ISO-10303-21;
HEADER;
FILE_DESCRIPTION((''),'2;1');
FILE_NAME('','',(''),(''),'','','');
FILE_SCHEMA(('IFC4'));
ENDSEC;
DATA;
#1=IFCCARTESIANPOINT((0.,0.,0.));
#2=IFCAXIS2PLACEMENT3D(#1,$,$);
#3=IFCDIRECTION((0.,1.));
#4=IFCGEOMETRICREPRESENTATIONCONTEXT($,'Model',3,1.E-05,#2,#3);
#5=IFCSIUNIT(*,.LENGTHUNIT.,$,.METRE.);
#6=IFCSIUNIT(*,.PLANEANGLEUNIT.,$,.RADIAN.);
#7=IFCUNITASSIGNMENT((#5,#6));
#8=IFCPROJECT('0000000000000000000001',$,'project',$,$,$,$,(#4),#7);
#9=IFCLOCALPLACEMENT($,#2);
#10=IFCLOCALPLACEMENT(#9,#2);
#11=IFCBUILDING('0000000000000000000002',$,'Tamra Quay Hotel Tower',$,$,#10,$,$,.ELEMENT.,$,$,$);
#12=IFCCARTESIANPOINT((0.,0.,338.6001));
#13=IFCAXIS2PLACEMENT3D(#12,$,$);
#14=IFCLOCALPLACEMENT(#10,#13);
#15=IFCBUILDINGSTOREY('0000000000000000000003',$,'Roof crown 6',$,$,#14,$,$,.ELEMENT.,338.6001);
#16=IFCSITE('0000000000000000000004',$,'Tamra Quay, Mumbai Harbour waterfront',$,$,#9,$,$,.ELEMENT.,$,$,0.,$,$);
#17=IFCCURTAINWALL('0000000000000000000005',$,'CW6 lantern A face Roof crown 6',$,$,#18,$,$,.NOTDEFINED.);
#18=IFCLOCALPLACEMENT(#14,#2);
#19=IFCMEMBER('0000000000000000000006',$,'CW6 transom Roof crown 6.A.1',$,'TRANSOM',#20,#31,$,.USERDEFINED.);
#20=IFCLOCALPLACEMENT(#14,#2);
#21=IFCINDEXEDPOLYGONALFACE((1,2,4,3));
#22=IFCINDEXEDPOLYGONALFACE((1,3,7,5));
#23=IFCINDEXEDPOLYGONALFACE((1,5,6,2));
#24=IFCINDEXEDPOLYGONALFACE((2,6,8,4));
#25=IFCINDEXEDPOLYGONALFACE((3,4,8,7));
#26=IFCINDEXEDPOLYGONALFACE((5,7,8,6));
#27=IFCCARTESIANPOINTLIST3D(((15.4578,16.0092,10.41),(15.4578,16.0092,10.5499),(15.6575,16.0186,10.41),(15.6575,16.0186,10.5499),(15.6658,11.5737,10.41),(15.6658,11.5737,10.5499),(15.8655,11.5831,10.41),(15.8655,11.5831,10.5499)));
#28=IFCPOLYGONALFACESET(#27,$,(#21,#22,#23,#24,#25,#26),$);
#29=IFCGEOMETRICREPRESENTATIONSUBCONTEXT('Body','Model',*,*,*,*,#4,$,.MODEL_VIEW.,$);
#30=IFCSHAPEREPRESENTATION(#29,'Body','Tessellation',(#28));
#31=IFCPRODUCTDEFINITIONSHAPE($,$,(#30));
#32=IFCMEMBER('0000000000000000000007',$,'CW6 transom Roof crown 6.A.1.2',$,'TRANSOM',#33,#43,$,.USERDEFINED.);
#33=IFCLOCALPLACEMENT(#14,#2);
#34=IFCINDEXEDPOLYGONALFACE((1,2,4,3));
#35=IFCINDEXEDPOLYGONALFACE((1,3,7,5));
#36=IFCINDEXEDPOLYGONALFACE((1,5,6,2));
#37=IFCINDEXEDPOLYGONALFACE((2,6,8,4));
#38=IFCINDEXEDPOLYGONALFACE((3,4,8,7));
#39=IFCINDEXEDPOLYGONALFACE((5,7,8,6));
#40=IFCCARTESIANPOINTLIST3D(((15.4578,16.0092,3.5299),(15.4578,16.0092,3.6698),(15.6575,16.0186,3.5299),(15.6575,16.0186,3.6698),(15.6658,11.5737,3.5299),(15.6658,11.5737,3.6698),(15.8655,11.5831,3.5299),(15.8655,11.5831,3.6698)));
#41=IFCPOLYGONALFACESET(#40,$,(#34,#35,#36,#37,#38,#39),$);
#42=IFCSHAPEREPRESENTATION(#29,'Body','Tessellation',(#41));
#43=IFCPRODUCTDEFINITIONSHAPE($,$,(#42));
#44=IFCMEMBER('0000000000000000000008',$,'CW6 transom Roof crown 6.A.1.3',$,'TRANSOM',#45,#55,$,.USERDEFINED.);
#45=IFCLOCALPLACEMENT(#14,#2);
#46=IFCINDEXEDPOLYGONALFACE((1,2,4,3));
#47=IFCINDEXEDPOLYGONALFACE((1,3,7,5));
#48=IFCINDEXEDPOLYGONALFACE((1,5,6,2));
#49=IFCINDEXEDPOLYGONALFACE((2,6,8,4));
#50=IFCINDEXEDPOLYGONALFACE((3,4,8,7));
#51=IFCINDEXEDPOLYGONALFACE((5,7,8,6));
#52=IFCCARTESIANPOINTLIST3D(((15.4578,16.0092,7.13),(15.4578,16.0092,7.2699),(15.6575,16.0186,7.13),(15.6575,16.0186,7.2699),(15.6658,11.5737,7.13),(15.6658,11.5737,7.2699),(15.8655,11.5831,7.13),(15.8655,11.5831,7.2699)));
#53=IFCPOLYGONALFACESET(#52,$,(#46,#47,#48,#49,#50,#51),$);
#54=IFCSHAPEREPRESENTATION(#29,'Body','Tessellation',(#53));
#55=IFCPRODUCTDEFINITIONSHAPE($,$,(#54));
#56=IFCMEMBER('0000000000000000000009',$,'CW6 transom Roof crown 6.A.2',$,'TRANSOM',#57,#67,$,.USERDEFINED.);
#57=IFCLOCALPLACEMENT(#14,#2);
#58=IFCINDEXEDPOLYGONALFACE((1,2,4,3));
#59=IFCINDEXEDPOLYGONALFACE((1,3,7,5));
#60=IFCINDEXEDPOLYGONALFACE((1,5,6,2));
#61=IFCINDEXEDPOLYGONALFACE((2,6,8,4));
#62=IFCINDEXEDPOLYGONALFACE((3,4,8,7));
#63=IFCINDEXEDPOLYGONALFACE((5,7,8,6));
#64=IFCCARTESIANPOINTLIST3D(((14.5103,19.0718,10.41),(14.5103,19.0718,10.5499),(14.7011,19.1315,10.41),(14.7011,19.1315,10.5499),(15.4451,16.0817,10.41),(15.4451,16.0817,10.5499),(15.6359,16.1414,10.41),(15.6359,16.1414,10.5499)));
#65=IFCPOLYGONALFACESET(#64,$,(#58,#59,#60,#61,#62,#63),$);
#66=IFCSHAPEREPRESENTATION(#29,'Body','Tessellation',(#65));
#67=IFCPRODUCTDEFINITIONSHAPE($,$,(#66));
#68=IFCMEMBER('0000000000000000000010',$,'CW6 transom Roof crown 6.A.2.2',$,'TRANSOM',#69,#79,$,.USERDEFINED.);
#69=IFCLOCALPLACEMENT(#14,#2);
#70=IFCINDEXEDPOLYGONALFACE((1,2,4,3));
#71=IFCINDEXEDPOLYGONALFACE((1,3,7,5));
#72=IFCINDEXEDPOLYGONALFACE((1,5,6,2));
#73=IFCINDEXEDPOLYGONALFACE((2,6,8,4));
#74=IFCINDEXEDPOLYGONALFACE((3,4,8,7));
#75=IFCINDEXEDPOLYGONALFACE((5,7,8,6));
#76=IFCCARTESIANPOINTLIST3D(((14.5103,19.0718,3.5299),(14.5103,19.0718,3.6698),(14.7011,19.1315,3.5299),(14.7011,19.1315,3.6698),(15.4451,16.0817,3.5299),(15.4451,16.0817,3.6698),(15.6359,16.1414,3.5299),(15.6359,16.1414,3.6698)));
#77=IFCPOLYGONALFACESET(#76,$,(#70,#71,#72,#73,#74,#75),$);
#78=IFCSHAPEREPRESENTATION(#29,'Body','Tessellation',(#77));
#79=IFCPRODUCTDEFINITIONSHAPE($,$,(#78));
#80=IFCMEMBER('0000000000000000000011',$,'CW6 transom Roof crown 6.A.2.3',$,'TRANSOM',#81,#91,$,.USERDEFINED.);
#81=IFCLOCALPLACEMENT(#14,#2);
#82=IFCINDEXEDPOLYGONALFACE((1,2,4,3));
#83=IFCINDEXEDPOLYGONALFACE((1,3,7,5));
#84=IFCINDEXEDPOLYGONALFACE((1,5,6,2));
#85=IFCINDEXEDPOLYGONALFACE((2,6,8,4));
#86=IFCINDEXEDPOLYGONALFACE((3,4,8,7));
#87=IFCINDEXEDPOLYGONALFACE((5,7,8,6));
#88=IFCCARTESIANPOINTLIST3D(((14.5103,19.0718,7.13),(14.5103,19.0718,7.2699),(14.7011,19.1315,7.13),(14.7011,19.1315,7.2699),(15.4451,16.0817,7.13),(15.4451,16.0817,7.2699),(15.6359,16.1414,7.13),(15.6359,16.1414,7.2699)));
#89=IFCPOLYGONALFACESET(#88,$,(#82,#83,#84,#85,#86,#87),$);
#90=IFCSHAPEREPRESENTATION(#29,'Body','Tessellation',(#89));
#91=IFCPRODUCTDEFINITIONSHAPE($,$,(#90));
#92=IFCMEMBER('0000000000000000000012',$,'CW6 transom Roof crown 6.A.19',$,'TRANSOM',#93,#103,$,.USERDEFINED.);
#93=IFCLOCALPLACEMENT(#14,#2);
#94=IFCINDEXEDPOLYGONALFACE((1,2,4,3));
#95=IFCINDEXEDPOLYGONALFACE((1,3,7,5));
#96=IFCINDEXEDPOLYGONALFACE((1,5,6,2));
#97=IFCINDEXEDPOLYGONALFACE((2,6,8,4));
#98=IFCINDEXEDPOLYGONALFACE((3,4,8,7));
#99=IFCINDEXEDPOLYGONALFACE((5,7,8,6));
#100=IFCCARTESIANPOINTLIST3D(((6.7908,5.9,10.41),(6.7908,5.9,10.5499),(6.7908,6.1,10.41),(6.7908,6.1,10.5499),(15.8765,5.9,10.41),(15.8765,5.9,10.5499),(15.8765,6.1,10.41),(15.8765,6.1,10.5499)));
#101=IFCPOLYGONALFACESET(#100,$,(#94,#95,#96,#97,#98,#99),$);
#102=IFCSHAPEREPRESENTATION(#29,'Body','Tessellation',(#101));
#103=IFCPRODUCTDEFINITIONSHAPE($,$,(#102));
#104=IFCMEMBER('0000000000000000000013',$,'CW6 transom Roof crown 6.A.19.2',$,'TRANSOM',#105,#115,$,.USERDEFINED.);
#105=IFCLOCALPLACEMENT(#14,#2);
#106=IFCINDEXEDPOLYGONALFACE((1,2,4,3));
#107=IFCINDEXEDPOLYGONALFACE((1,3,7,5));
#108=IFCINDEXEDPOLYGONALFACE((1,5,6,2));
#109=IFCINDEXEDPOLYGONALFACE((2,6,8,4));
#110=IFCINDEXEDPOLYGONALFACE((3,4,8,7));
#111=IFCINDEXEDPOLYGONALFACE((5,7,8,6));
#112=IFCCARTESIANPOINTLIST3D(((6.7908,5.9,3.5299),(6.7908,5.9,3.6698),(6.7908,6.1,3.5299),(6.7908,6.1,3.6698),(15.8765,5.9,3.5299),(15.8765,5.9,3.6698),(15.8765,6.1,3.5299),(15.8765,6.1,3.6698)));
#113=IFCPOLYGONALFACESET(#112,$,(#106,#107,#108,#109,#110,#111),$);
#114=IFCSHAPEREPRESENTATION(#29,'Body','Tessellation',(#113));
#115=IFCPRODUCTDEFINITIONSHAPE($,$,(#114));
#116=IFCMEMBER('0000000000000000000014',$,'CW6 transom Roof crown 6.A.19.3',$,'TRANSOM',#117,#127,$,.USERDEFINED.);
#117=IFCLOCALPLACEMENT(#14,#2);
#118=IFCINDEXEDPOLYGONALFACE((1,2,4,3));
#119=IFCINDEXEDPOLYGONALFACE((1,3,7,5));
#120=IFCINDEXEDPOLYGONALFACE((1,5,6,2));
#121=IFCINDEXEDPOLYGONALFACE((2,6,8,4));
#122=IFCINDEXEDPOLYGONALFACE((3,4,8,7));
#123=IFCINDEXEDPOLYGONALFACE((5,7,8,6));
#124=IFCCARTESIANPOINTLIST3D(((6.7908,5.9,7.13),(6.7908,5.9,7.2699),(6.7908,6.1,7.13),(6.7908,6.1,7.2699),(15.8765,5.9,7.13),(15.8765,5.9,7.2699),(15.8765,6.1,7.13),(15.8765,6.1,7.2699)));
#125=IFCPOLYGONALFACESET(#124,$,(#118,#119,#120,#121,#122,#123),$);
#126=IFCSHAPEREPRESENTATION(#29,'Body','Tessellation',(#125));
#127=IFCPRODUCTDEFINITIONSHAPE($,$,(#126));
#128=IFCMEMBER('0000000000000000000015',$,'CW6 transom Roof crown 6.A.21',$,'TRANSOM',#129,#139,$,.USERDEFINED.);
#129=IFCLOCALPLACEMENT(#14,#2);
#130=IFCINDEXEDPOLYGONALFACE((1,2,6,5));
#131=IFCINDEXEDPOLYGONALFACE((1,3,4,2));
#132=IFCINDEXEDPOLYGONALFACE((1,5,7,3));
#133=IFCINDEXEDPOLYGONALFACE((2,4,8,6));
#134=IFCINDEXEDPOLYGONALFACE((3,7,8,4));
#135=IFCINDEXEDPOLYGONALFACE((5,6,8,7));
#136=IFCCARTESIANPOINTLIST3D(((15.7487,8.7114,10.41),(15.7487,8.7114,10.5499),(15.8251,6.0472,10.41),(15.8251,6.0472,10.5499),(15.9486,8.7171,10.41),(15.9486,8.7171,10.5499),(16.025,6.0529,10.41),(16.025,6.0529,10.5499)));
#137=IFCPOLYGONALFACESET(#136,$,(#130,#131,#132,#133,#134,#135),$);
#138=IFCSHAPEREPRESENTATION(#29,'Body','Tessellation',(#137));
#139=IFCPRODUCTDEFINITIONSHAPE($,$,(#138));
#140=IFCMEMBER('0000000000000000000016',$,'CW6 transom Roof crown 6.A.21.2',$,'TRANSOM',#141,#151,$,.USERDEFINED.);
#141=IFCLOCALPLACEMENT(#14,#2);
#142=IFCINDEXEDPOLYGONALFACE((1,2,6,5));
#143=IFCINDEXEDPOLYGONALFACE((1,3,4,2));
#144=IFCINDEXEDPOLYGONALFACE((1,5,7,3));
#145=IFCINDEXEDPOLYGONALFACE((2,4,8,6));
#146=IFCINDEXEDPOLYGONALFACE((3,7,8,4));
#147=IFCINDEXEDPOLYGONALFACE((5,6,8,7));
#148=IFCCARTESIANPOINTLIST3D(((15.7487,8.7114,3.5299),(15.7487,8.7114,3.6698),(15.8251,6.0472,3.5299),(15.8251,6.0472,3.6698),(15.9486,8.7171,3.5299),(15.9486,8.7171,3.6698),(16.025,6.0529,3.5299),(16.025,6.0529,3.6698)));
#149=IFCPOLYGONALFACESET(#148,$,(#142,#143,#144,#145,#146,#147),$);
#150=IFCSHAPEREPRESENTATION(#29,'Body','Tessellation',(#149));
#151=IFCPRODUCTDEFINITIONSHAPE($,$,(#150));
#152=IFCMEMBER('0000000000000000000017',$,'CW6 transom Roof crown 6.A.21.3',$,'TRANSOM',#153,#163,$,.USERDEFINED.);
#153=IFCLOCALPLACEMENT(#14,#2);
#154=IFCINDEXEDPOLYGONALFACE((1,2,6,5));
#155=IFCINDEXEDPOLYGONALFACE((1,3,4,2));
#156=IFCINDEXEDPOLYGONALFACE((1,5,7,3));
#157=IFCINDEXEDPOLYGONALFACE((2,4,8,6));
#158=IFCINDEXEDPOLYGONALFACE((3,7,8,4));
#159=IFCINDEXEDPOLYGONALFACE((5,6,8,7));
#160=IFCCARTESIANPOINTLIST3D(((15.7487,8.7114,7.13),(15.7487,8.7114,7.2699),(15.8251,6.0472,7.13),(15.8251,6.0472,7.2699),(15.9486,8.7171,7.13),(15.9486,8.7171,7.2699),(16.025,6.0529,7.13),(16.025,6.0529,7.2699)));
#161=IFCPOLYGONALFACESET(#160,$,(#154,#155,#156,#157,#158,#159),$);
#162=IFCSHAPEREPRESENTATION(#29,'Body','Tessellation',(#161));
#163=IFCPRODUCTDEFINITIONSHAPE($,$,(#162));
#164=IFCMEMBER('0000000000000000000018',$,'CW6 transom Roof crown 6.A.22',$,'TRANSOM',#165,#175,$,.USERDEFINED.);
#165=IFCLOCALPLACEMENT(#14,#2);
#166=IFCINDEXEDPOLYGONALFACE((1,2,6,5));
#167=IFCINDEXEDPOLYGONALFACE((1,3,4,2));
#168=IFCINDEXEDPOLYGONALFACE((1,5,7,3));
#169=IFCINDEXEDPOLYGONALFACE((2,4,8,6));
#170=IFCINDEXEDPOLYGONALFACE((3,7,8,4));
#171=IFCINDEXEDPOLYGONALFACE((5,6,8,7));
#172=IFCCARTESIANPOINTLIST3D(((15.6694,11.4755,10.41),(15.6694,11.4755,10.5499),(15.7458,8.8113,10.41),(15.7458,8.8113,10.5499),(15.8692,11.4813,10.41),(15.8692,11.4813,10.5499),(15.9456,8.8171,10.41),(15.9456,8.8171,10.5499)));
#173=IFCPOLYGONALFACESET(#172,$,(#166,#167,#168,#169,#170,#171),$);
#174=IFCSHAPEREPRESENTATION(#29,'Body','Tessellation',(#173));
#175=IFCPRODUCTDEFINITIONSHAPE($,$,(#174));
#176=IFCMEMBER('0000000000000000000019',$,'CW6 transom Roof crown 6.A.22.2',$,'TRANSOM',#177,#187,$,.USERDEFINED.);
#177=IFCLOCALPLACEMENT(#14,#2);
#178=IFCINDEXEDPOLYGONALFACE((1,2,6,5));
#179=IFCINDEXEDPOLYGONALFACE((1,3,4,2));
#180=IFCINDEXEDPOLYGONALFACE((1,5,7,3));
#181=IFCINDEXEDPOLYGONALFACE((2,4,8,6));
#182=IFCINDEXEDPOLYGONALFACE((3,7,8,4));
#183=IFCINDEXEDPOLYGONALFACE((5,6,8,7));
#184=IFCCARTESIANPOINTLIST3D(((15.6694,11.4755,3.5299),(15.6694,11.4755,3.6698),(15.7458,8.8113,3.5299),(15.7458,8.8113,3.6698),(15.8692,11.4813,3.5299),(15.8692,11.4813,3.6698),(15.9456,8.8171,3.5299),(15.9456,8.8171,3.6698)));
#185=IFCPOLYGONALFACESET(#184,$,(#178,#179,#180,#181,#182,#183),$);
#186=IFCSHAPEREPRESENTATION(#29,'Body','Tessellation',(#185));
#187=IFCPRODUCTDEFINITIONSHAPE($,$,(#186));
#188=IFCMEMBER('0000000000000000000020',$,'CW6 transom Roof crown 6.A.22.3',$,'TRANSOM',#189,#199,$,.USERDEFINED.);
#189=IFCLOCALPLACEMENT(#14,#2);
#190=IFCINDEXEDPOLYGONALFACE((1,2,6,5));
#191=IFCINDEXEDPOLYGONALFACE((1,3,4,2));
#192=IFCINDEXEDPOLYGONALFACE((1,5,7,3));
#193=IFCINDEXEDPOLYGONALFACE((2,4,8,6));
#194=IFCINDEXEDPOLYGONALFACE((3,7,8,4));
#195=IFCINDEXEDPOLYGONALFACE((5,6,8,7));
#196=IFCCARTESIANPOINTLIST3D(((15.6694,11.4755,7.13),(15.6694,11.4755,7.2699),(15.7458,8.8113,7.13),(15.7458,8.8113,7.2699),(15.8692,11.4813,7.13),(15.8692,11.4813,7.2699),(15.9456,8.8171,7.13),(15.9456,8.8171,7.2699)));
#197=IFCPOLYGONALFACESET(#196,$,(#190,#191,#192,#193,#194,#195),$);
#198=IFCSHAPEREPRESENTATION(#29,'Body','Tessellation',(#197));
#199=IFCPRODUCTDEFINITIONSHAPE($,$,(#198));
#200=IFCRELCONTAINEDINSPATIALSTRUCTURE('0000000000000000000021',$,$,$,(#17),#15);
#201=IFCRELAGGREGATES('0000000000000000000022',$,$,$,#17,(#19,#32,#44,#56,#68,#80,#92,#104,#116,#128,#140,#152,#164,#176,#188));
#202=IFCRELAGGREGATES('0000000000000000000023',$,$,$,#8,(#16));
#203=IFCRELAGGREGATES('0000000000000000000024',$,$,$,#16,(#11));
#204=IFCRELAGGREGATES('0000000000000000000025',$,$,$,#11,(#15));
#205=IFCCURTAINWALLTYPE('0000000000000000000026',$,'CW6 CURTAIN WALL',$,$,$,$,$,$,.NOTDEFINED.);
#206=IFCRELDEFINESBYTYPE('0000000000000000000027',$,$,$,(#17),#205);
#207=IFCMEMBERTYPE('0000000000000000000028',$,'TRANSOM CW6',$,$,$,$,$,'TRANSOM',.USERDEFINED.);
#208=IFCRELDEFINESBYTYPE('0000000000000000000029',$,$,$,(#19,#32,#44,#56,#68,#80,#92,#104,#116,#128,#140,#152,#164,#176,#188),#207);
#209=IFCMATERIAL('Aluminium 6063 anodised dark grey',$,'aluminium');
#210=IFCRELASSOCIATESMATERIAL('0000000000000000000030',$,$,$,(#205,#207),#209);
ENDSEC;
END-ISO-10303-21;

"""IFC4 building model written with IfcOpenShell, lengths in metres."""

from ifc_helpers import new_model, si_unit, direction, frame, origin, origin_2d, place, context, subcontext, project, spatial, rectangle, extrude, material, material_profile, profile_set, type_object, element, aggregate, save


model = new_model("IFC4")

# Units and contexts
model_context = context("Model", 3, precision=1e-05, world=origin(), true_north=direction((0.0, 1.0)))
body_context = subcontext(model_context, "Body", "Model", "MODEL_VIEW")
ifc_project = project(units=[si_unit("LENGTHUNIT", "METRE"), si_unit("PLANEANGLEUNIT", "RADIAN")], contexts=[model_context])

# Site, building, storey
site_placement = place(None, origin())
site = spatial("IfcSite", under=ifc_project, at=site_placement, Name="Tamra Quay, Mumbai Harbour waterfront", CompositionType="ELEMENT", RefElevation=0.0)
building_placement = place(site_placement, origin())
building = spatial("IfcBuilding", under=site, at=building_placement, Name="Tamra Quay Hotel Tower", CompositionType="ELEMENT")
storey_placement = place(building_placement, frame((0.0, 0.0, 338.6001)))
storey = spatial("IfcBuildingStorey", under=building, at=storey_placement, Name="Roof crown 6", CompositionType="ELEMENT", Elevation=338.6001)

# Curtain wall, members
ifc_material_1 = material(Name="Aluminium 6063 anodised dark grey", Category="aluminium")
curtain_wall_type = type_object("IfcCurtainWallType", Name="CW6 CURTAIN WALL", PredefinedType="NOTDEFINED", material=ifc_material_1)
curtain_wall_placement = place(storey_placement, origin())
curtain_wall = element("IfcCurtainWall", 1, at=curtain_wall_placement, inside=storey, type_object=curtain_wall_type, Name="CW6 lantern A face Roof crown 6", PredefinedType="NOTDEFINED")
ifc_material_profile_1 = material_profile(ifc_material_1, rectangle(XDim=0.2, YDim=0.1399, at=origin_2d()), Name="TRANSOM 200X140")
ifc_profile_set_1 = profile_set([ifc_material_profile_1], Name="Aluminium 6063 anodised dark grey")
member_type_1 = type_object("IfcMemberType", Name="TRANSOM CW6", ElementType="TRANSOM", PredefinedType="USERDEFINED", material=ifc_profile_set_1)
member_1_placement = place(storey_placement, frame((15.7656, 11.5784, 10.48), z_axis=(-0.046844, 0.998902, 0.0), x_axis=(-0.998902, -0.046844, 0.0)))
member_1 = element("IfcMember", 2, at=member_1_placement, type_object=member_type_1, Name="CW6 transom Roof crown 6.A.1", ObjectType="TRANSOM", PredefinedType="USERDEFINED", context=body_context, shape_type="SweptSolid", body=[
    extrude(rectangle(XDim=0.2, YDim=0.1399, at=origin_2d()), origin(), (0.0, 0.0, 1.0), 4.4404),
])
member_2_placement = place(storey_placement, frame((15.7656, 11.5784, 3.5999), z_axis=(-0.046844, 0.998902, 0.0), x_axis=(-0.998902, -0.046844, 0.0)))
member_2 = element("IfcMember", 3, at=member_2_placement, type_object=member_type_1, Name="CW6 transom Roof crown 6.A.1.2", ObjectType="TRANSOM", PredefinedType="USERDEFINED", context=body_context, shape_type="SweptSolid", body=[
    extrude(rectangle(XDim=0.2, YDim=0.1399, at=origin_2d()), origin(), (0.0, 0.0, 1.0), 4.4404),
])
member_3_placement = place(storey_placement, frame((15.7656, 11.5784, 7.2), z_axis=(-0.046844, 0.998902, 0.0), x_axis=(-0.998902, -0.046844, 0.0)))
member_3 = element("IfcMember", 4, at=member_3_placement, type_object=member_type_1, Name="CW6 transom Roof crown 6.A.1.3", ObjectType="TRANSOM", PredefinedType="USERDEFINED", context=body_context, shape_type="SweptSolid", body=[
    extrude(rectangle(XDim=0.2, YDim=0.1399, at=origin_2d()), origin(), (0.0, 0.0, 1.0), 4.4404),
])
member_4_placement = place(storey_placement, frame((15.5405, 16.1116, 10.48), z_axis=(-0.298404, 0.95444, 0.0), x_axis=(-0.95444, -0.298404, 0.0)))
member_4 = element("IfcMember", 5, at=member_4_placement, type_object=member_type_1, Name="CW6 transom Roof crown 6.A.2", ObjectType="TRANSOM", PredefinedType="USERDEFINED", context=body_context, shape_type="SweptSolid", body=[
    extrude(rectangle(XDim=0.2, YDim=0.1399, at=origin_2d()), origin(), (0.0, 0.0, 1.0), 3.1328),
])
member_5_placement = place(storey_placement, frame((15.5405, 16.1116, 3.5999), z_axis=(-0.298404, 0.95444, 0.0), x_axis=(-0.95444, -0.298404, 0.0)))
member_5 = element("IfcMember", 6, at=member_5_placement, type_object=member_type_1, Name="CW6 transom Roof crown 6.A.2.2", ObjectType="TRANSOM", PredefinedType="USERDEFINED", context=body_context, shape_type="SweptSolid", body=[
    extrude(rectangle(XDim=0.2, YDim=0.1399, at=origin_2d()), origin(), (0.0, 0.0, 1.0), 3.1328),
])
member_6_placement = place(storey_placement, frame((15.5405, 16.1116, 7.2), z_axis=(-0.298404, 0.95444, 0.0), x_axis=(-0.95444, -0.298404, 0.0)))
member_6 = element("IfcMember", 7, at=member_6_placement, type_object=member_type_1, Name="CW6 transom Roof crown 6.A.2.3", ObjectType="TRANSOM", PredefinedType="USERDEFINED", context=body_context, shape_type="SweptSolid", body=[
    extrude(rectangle(XDim=0.2, YDim=0.1399, at=origin_2d()), origin(), (0.0, 0.0, 1.0), 3.1328),
])
member_7_placement = place(storey_placement, frame((6.7908, 6.0, 10.48), z_axis=(1.0, 0.0, 0.0), x_axis=(0.0, 1.0, 0.0)))
member_7 = element("IfcMember", 8, at=member_7_placement, type_object=member_type_1, Name="CW6 transom Roof crown 6.A.19", ObjectType="TRANSOM", PredefinedType="USERDEFINED", context=body_context, shape_type="SweptSolid", body=[
    extrude(rectangle(XDim=0.2, YDim=0.1399, at=origin_2d()), origin(), (0.0, 0.0, 1.0), 9.0857),
])
member_8_placement = place(storey_placement, frame((6.7908, 6.0, 3.5999), z_axis=(1.0, 0.0, 0.0), x_axis=(0.0, 1.0, 0.0)))
member_8 = element("IfcMember", 9, at=member_8_placement, type_object=member_type_1, Name="CW6 transom Roof crown 6.A.19.2", ObjectType="TRANSOM", PredefinedType="USERDEFINED", context=body_context, shape_type="SweptSolid", body=[
    extrude(rectangle(XDim=0.2, YDim=0.1399, at=origin_2d()), origin(), (0.0, 0.0, 1.0), 9.0857),
])
member_9_placement = place(storey_placement, frame((6.7908, 6.0, 7.2), z_axis=(1.0, 0.0, 0.0), x_axis=(0.0, 1.0, 0.0)))
member_9 = element("IfcMember", 10, at=member_9_placement, type_object=member_type_1, Name="CW6 transom Roof crown 6.A.19.3", ObjectType="TRANSOM", PredefinedType="USERDEFINED", context=body_context, shape_type="SweptSolid", body=[
    extrude(rectangle(XDim=0.2, YDim=0.1399, at=origin_2d()), origin(), (0.0, 0.0, 1.0), 9.0857),
])
member_10_placement = place(storey_placement, frame((15.925, 6.05, 10.48), z_axis=(-0.02867, 0.999589, 0.0), x_axis=(-0.999589, -0.02867, 0.0)))
member_10 = element("IfcMember", 11, at=member_10_placement, type_object=member_type_1, Name="CW6 transom Roof crown 6.A.21", ObjectType="TRANSOM", PredefinedType="USERDEFINED", context=body_context, shape_type="SweptSolid", body=[
    extrude(rectangle(XDim=0.2, YDim=0.1399, at=origin_2d()), origin(), (0.0, 0.0, 1.0), 2.6653),
])
member_11_placement = place(storey_placement, frame((15.925, 6.05, 3.5999), z_axis=(-0.02867, 0.999589, 0.0), x_axis=(-0.999589, -0.02867, 0.0)))
member_11 = element("IfcMember", 12, at=member_11_placement, type_object=member_type_1, Name="CW6 transom Roof crown 6.A.21.2", ObjectType="TRANSOM", PredefinedType="USERDEFINED", context=body_context, shape_type="SweptSolid", body=[
    extrude(rectangle(XDim=0.2, YDim=0.1399, at=origin_2d()), origin(), (0.0, 0.0, 1.0), 2.6653),
])
member_12_placement = place(storey_placement, frame((15.925, 6.05, 7.2), z_axis=(-0.02867, 0.999589, 0.0), x_axis=(-0.999589, -0.02867, 0.0)))
member_12 = element("IfcMember", 13, at=member_12_placement, type_object=member_type_1, Name="CW6 transom Roof crown 6.A.21.3", ObjectType="TRANSOM", PredefinedType="USERDEFINED", context=body_context, shape_type="SweptSolid", body=[
    extrude(rectangle(XDim=0.2, YDim=0.1399, at=origin_2d()), origin(), (0.0, 0.0, 1.0), 2.6653),
])
member_13_placement = place(storey_placement, frame((15.8457, 8.8142, 10.48), z_axis=(-0.02867, 0.999589, 0.0), x_axis=(-0.999589, -0.02867, 0.0)))
member_13 = element("IfcMember", 14, at=member_13_placement, type_object=member_type_1, Name="CW6 transom Roof crown 6.A.22", ObjectType="TRANSOM", PredefinedType="USERDEFINED", context=body_context, shape_type="SweptSolid", body=[
    extrude(rectangle(XDim=0.2, YDim=0.1399, at=origin_2d()), origin(), (0.0, 0.0, 1.0), 2.6653),
])
member_14_placement = place(storey_placement, frame((15.8457, 8.8142, 3.5999), z_axis=(-0.02867, 0.999589, 0.0), x_axis=(-0.999589, -0.02867, 0.0)))
member_14 = element("IfcMember", 15, at=member_14_placement, type_object=member_type_1, Name="CW6 transom Roof crown 6.A.22.2", ObjectType="TRANSOM", PredefinedType="USERDEFINED", context=body_context, shape_type="SweptSolid", body=[
    extrude(rectangle(XDim=0.2, YDim=0.1399, at=origin_2d()), origin(), (0.0, 0.0, 1.0), 2.6653),
])
member_15_placement = place(storey_placement, frame((15.8457, 8.8142, 7.2), z_axis=(-0.02867, 0.999589, 0.0), x_axis=(-0.999589, -0.02867, 0.0)))
member_15 = element("IfcMember", 16, at=member_15_placement, type_object=member_type_1, Name="CW6 transom Roof crown 6.A.22.3", ObjectType="TRANSOM", PredefinedType="USERDEFINED", context=body_context, shape_type="SweptSolid", body=[
    extrude(rectangle(XDim=0.2, YDim=0.1399, at=origin_2d()), origin(), (0.0, 0.0, 1.0), 2.6653),
])
aggregate(curtain_wall, [member_1, member_2, member_3, member_4, member_5, member_6, member_7, member_8, member_9, member_10, member_11, member_12, member_13, member_14, member_15])

save(model, "model.ifc")
